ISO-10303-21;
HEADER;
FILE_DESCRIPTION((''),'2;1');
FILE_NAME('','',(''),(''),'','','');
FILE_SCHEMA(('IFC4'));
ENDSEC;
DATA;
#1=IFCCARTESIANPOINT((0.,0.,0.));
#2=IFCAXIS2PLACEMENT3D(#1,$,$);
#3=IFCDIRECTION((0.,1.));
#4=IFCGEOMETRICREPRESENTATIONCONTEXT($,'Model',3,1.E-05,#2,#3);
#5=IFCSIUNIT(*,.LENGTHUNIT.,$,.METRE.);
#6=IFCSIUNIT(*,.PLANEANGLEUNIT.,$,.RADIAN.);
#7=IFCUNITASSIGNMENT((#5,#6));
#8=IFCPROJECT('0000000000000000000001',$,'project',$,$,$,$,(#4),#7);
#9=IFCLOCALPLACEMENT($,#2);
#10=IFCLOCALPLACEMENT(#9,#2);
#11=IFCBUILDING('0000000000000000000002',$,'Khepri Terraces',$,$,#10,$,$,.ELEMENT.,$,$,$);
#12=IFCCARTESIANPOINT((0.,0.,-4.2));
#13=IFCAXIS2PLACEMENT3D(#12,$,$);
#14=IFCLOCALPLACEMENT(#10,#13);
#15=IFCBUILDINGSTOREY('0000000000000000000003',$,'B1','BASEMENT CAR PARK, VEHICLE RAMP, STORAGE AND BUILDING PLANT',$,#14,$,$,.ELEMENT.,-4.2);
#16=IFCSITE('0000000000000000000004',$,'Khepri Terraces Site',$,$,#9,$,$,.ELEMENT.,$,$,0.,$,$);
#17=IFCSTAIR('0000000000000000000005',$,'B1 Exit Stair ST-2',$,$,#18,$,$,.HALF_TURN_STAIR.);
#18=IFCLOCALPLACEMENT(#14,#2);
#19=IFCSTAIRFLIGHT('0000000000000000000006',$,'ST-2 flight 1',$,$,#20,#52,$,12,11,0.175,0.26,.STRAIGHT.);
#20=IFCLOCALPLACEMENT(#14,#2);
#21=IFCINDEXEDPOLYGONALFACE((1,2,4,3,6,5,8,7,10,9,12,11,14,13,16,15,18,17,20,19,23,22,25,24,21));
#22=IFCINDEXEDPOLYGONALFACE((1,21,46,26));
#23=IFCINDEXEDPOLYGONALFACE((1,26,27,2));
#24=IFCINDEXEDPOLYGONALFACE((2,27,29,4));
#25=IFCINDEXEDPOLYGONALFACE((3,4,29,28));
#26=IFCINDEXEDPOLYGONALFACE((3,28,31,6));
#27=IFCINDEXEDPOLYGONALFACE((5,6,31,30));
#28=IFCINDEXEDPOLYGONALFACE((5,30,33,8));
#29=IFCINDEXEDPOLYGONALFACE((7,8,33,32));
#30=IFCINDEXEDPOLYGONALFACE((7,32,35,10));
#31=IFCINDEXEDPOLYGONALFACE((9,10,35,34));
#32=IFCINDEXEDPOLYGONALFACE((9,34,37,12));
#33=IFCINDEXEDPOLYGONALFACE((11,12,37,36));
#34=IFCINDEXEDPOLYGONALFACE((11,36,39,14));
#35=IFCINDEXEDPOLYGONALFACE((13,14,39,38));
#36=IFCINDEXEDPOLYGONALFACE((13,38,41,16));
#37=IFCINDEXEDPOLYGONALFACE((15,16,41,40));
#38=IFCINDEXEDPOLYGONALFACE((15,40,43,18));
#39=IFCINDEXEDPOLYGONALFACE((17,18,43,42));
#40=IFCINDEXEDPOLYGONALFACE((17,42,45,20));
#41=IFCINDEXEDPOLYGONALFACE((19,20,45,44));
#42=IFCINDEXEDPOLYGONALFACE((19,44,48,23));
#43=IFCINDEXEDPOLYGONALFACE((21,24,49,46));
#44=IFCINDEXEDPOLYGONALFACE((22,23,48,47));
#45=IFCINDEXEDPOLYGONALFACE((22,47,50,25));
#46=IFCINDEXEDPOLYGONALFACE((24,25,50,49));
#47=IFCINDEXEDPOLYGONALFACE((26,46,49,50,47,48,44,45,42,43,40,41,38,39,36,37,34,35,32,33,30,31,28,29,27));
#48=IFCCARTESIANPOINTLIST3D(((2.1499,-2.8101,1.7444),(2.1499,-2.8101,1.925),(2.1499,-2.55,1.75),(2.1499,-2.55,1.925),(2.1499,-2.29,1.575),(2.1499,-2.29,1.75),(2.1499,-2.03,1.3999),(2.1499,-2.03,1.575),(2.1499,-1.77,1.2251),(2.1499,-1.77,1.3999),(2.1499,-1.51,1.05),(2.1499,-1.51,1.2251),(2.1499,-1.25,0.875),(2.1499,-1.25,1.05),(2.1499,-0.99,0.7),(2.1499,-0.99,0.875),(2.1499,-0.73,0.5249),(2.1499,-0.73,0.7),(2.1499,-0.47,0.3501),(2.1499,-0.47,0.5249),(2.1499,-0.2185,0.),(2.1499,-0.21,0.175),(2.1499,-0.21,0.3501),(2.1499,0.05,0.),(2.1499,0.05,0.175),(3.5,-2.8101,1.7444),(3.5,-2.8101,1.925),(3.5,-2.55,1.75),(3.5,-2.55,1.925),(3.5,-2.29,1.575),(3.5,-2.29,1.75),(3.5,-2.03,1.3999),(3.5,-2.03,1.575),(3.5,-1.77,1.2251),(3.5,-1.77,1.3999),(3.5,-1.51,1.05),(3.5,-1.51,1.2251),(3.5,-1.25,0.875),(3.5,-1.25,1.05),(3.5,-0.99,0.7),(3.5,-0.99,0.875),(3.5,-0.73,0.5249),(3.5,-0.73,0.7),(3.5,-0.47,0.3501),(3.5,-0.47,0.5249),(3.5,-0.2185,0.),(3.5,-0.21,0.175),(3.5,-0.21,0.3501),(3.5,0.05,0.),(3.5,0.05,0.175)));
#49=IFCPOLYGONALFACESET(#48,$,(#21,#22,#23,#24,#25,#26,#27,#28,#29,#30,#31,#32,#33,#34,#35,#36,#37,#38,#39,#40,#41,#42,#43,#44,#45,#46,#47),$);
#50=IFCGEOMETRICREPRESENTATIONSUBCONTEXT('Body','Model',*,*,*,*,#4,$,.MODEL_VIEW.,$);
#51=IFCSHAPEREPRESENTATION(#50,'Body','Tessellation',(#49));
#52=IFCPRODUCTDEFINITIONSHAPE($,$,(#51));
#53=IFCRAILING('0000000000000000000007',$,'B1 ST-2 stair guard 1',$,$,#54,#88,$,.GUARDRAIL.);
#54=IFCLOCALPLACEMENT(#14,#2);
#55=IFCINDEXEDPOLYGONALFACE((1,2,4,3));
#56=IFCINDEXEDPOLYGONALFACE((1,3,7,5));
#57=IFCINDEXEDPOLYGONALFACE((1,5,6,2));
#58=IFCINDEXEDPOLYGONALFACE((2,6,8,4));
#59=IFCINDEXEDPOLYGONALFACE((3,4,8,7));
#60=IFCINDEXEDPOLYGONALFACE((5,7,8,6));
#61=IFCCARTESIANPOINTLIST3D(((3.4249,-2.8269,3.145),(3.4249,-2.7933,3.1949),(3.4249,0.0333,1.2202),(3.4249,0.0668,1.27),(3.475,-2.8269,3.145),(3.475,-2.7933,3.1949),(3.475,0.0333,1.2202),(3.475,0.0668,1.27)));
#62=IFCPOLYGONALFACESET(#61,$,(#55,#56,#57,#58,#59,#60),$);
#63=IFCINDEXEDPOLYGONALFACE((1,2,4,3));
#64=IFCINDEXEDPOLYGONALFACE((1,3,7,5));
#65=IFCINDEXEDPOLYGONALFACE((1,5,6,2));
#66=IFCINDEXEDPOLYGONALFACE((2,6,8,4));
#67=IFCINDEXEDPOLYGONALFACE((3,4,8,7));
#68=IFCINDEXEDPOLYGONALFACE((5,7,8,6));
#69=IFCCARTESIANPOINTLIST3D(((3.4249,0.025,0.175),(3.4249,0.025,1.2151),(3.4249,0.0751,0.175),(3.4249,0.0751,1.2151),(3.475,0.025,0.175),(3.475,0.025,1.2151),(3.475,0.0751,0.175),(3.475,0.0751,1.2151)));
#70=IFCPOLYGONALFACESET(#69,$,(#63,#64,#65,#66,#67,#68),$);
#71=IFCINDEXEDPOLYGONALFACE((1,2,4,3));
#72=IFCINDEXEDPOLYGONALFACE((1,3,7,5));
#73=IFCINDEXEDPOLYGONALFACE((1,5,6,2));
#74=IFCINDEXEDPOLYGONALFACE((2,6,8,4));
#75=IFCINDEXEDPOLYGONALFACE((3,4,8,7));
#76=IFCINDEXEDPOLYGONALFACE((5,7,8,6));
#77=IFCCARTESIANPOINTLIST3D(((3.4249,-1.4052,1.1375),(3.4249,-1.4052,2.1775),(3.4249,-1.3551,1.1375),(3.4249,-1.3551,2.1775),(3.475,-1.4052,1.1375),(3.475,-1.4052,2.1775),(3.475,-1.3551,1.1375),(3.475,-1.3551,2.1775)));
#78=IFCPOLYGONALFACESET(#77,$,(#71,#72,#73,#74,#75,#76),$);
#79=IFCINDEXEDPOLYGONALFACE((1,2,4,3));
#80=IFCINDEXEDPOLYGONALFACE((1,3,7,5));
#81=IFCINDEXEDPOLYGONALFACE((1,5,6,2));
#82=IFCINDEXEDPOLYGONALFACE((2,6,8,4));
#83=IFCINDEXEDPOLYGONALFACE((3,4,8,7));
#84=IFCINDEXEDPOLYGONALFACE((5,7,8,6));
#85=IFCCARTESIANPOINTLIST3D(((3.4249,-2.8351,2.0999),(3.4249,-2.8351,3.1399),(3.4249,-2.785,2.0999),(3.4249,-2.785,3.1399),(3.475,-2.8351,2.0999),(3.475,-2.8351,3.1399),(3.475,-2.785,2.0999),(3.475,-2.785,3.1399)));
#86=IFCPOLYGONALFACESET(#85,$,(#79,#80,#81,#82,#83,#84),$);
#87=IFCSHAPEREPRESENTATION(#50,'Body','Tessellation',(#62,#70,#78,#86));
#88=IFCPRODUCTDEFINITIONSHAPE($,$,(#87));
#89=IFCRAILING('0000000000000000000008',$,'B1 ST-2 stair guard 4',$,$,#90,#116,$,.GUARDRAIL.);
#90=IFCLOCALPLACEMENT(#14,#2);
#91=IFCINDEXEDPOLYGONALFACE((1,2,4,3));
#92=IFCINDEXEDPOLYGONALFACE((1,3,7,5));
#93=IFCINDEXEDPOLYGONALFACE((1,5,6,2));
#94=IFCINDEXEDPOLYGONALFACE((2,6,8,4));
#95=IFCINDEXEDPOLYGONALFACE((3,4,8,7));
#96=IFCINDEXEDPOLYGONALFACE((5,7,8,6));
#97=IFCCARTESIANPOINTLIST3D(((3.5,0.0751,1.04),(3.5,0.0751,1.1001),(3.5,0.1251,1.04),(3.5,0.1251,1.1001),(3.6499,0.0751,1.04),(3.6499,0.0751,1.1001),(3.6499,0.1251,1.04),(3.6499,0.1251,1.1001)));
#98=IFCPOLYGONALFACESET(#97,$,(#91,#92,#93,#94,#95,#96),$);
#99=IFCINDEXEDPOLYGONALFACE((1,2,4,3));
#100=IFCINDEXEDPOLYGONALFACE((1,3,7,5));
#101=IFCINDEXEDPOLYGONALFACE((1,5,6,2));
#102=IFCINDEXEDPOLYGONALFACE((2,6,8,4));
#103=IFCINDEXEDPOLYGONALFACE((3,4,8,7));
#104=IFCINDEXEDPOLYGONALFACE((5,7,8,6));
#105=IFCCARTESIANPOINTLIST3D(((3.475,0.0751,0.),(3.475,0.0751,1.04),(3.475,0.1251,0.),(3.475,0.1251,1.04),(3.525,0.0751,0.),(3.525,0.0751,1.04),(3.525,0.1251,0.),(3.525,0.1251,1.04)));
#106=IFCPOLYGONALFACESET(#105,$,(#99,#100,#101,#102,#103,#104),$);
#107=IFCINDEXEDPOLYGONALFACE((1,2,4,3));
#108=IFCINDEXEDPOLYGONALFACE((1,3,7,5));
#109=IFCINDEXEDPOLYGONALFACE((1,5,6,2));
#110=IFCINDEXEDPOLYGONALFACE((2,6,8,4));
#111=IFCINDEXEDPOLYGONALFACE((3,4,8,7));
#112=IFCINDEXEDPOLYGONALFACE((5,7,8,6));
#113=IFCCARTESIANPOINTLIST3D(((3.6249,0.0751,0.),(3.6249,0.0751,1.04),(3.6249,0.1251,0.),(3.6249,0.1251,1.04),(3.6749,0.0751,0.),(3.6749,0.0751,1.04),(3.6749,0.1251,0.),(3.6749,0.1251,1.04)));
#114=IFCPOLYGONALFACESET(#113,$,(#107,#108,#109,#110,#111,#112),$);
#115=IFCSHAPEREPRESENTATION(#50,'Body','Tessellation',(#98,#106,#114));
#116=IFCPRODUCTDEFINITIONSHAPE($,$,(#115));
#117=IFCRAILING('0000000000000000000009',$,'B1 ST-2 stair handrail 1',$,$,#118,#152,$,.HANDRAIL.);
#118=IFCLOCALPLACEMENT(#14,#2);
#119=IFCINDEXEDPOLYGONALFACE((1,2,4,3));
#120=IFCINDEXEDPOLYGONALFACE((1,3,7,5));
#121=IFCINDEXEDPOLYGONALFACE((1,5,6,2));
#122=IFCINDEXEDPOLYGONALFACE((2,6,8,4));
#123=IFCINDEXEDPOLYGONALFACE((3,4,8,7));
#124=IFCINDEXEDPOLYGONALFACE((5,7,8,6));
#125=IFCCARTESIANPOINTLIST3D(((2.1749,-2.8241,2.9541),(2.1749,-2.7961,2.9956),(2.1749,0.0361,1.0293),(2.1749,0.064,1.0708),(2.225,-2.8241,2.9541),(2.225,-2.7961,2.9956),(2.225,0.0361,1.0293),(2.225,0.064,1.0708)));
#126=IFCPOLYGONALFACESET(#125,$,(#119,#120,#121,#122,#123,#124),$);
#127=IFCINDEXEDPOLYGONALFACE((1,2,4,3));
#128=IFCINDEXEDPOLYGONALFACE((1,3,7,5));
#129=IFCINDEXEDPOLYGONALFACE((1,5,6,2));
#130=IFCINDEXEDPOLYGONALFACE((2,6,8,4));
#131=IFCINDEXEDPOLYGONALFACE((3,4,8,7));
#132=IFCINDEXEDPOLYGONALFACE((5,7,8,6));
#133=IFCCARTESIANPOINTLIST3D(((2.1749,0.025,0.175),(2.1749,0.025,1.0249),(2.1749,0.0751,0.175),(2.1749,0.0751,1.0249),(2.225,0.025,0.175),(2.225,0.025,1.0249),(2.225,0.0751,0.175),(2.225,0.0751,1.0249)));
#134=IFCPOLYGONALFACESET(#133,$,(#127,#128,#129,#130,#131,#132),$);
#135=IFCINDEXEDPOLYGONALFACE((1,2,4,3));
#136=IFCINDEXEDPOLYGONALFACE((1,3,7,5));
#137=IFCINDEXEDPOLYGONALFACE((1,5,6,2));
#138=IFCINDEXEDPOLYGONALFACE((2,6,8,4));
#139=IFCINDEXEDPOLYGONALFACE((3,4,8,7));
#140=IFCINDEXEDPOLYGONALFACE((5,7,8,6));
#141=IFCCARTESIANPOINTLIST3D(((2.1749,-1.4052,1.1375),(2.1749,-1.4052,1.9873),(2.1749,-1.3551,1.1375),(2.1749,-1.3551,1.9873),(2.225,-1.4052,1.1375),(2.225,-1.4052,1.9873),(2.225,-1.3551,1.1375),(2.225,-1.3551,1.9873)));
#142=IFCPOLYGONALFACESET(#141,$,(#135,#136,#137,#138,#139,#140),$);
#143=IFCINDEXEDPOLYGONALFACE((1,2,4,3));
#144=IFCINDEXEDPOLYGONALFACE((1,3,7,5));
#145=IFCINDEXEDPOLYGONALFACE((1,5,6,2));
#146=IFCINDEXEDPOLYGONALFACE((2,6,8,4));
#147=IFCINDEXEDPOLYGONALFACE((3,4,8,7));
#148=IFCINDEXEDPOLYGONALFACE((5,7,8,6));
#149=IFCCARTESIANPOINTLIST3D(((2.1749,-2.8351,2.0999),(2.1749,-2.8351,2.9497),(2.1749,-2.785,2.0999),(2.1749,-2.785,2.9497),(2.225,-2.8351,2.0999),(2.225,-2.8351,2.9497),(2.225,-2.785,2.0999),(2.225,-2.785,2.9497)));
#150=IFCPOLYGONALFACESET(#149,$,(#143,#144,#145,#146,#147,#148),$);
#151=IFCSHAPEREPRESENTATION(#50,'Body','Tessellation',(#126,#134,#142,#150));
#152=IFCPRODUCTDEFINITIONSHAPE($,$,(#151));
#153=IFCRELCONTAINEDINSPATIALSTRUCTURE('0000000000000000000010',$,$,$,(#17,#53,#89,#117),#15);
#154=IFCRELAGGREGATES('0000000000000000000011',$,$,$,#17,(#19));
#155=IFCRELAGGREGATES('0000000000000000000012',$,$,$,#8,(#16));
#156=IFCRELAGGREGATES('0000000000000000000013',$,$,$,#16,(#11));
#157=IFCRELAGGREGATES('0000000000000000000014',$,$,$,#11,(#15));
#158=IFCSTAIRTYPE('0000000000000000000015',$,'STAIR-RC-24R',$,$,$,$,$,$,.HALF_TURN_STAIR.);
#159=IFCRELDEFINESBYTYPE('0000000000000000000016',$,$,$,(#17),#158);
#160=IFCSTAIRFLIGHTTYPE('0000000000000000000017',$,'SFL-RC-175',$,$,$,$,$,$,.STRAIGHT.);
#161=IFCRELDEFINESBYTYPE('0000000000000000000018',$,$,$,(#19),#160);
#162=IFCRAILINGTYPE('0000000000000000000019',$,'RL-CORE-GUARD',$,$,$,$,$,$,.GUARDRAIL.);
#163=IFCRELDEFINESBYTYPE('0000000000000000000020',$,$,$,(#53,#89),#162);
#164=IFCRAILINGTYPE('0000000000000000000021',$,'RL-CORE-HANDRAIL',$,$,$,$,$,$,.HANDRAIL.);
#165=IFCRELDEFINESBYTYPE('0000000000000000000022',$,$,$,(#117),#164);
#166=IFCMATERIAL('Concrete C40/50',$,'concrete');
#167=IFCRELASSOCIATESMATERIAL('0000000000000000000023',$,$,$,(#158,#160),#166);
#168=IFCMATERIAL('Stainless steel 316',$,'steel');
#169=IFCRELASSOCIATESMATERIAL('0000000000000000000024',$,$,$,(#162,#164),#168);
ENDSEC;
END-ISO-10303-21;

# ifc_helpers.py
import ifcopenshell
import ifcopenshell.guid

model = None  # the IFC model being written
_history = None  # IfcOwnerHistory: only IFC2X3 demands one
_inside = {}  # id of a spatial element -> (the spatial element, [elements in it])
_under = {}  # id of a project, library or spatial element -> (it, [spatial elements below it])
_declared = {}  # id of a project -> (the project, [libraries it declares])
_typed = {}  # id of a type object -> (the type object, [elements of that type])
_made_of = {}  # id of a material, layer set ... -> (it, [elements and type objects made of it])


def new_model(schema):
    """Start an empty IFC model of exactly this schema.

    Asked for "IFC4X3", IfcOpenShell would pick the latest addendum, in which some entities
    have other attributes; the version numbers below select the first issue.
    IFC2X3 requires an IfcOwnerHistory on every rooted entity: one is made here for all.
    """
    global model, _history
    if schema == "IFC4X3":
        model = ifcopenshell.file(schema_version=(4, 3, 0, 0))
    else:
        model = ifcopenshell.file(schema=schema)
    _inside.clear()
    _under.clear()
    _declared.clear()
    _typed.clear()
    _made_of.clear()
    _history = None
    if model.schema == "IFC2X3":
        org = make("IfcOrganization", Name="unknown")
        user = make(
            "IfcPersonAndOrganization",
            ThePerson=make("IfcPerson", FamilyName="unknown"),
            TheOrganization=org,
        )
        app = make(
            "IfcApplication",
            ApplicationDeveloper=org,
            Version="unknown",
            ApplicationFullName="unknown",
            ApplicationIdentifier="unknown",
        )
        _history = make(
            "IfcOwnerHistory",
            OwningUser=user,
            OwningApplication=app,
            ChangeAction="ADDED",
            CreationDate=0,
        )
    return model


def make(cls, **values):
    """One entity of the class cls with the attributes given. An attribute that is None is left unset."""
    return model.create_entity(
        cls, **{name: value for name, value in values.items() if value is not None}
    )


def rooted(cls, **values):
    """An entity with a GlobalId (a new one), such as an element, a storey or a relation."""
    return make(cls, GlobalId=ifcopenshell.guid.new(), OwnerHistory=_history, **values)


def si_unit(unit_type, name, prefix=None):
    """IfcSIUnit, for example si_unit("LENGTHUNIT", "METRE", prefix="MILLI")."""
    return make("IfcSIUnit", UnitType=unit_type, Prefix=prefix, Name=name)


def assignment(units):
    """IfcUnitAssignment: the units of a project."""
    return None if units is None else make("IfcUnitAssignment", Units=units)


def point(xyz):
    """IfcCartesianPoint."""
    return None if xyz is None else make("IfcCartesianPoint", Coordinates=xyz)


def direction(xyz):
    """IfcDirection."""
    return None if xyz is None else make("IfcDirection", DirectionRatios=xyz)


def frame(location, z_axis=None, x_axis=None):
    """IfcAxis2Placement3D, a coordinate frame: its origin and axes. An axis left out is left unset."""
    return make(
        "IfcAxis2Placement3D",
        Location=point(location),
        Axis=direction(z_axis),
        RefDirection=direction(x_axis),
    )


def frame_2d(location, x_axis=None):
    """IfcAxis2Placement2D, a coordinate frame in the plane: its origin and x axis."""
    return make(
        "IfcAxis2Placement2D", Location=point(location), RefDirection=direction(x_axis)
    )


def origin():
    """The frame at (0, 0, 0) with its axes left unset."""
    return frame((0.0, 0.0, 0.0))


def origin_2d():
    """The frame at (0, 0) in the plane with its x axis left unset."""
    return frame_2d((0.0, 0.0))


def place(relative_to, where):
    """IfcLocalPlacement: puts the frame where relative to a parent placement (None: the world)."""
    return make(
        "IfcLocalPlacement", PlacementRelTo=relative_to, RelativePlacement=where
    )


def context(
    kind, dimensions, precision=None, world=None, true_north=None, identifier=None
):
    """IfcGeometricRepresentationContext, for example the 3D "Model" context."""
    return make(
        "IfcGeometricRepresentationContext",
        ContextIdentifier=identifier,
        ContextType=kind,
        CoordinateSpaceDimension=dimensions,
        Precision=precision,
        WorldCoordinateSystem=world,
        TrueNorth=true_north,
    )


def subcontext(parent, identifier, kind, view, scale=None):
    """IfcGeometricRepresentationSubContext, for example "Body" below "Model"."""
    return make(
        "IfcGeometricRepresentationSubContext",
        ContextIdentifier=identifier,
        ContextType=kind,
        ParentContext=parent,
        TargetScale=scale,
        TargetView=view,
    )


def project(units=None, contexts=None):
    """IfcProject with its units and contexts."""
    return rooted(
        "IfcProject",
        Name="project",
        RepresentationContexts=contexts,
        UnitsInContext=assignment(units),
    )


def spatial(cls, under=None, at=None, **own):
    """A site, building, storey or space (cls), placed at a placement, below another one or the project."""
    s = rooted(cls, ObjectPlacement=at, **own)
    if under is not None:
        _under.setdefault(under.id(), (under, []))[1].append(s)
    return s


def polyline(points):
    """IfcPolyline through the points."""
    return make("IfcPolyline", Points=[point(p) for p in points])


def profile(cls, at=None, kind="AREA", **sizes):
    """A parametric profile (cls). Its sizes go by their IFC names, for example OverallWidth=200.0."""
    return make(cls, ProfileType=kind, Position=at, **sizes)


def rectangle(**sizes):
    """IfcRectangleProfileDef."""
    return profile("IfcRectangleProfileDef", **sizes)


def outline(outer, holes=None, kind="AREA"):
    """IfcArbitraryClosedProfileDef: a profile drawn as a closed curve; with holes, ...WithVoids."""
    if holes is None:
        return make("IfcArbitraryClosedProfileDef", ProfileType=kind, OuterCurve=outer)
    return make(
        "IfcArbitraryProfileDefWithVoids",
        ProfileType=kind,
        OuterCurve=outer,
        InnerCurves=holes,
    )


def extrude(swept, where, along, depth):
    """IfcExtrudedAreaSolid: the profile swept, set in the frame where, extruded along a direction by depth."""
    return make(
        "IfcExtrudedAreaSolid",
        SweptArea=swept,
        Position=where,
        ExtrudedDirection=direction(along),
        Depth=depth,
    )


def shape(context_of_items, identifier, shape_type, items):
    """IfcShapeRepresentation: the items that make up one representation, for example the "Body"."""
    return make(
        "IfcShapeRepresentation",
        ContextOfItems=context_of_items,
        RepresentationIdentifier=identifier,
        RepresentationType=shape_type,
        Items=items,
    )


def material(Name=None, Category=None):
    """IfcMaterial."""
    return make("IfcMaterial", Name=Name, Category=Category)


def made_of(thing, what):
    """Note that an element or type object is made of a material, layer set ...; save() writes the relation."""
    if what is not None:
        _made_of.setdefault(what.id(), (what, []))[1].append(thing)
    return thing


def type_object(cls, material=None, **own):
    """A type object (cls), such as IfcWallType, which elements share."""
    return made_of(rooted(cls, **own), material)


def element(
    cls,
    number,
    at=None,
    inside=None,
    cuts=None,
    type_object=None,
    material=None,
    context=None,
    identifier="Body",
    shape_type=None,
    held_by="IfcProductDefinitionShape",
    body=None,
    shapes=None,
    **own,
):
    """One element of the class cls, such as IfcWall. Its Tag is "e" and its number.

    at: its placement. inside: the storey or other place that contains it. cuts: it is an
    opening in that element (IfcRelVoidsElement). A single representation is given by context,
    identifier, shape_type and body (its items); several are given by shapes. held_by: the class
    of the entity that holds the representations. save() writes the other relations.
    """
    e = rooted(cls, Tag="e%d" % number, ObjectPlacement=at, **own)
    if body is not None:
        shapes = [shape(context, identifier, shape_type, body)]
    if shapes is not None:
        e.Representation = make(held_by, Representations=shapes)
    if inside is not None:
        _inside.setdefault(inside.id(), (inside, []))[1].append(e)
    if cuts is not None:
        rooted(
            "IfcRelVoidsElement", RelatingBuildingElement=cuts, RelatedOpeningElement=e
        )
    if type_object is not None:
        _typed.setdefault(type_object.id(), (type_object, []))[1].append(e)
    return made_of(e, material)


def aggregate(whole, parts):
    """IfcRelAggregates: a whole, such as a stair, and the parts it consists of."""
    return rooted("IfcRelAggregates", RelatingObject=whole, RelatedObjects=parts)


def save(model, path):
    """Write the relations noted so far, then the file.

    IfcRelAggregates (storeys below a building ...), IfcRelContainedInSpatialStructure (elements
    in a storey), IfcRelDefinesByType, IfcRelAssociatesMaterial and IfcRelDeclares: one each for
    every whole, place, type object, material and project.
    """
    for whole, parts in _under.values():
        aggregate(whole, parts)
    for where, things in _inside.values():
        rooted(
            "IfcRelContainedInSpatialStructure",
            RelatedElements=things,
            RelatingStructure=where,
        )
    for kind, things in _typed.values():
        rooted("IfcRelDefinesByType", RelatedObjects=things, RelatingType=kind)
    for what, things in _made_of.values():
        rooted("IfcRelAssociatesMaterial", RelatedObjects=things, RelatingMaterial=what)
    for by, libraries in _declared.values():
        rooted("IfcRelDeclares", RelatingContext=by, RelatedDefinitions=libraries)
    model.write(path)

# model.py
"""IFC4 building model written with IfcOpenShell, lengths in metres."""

from ifc_helpers import new_model, si_unit, direction, frame, origin, origin_2d, place, context, subcontext, project, spatial, polyline, rectangle, outline, extrude, material, type_object, element, aggregate, save


model = new_model("IFC4")

# Units and contexts
model_context = context("Model", 3, precision=1e-05, world=origin(), true_north=direction((0.0, 1.0)))
body_context = subcontext(model_context, "Body", "Model", "MODEL_VIEW")
ifc_project = project(units=[si_unit("LENGTHUNIT", "METRE"), si_unit("PLANEANGLEUNIT", "RADIAN")], contexts=[model_context])

# Site, building, storey
site_placement = place(None, origin())
site = spatial("IfcSite", under=ifc_project, at=site_placement, Name="Khepri Terraces Site", CompositionType="ELEMENT", RefElevation=0.0)
building_placement = place(site_placement, origin())
building = spatial("IfcBuilding", under=site, at=building_placement, Name="Khepri Terraces", CompositionType="ELEMENT")
storey_placement = place(building_placement, frame((0.0, 0.0, -4.2)))
storey = spatial("IfcBuildingStorey", under=building, at=storey_placement, Name="B1", Description="BASEMENT CAR PARK, VEHICLE RAMP, STORAGE AND BUILDING PLANT", CompositionType="ELEMENT", Elevation=-4.2)

# Stair, stair flight
ifc_material_1 = material(Name="Concrete C40/50", Category="concrete")
stair_type = type_object("IfcStairType", Name="STAIR-RC-24R", PredefinedType="HALF_TURN_STAIR", material=ifc_material_1)
stair_placement = place(storey_placement, origin())
stair = element("IfcStair", 1, at=stair_placement, inside=storey, type_object=stair_type, Name="B1 Exit Stair ST-2", PredefinedType="HALF_TURN_STAIR")
stair_flight_type = type_object("IfcStairFlightType", Name="SFL-RC-175", PredefinedType="STRAIGHT", material=ifc_material_1)
stair_flight_placement = place(storey_placement, frame((2.825, 0.05, 0.0), z_axis=(0.0, 0.0, 1.0), x_axis=(0.0, -1.0, 0.0)))
stair_flight = element("IfcStairFlight", 2, at=stair_flight_placement, type_object=stair_flight_type, Name="ST-2 flight 1", NumberOfRisers=12, NumberOfTreads=11, PredefinedType="STRAIGHT", RiserHeight=0.175, TreadLength=0.26, context=body_context, shape_type="SweptSolid", body=[
    extrude(outline(polyline([(0.0, 0.0), (0.0, 0.175), (0.26, 0.175), (0.26, 0.3501), (0.52, 0.3501), (0.52, 0.5249), (0.78, 0.5249), (0.78, 0.7), (1.04, 0.7), (1.04, 0.875), (1.3, 0.875), (1.3, 1.05), (1.5601, 1.05), (1.5601, 1.2251), (1.8201, 1.2251), (1.8201, 1.3999), (2.0801, 1.3999), (2.0801, 1.575), (2.3401, 1.575), (2.3401, 1.75), (2.6001, 1.75), (2.6001, 1.925), (2.8601, 1.925), (2.8601, 2.1001), (2.8601, 1.7444), (0.2686, 0.0), (0.0, 0.0)])), frame((0.0, 0.675, 0.0), z_axis=(0.0, -1.0, 0.0), x_axis=(1.0, 0.0, 0.0)), (0.0, 0.0, 1.0), 1.3501),
])
aggregate(stair, [stair_flight])

# Railings
ifc_material_2 = material(Name="Stainless steel 316", Category="steel")
railing_type_1 = type_object("IfcRailingType", Name="RL-CORE-GUARD", PredefinedType="GUARDRAIL", material=ifc_material_2)
railing_1_placement = place(storey_placement, frame((3.45, 0.05, 0.175)))
element("IfcRailing", 3, at=railing_1_placement, inside=storey, type_object=railing_type_1, Name="B1 ST-2 stair guard 1", PredefinedType="GUARDRAIL", context=body_context, shape_type="SweptSolid", body=[
    extrude(rectangle(XDim=0.05, YDim=0.0601, at=origin_2d()), frame((0.0, 0.0, 1.0701), z_axis=(0.0, -0.829624, 0.558323), x_axis=(1.0, 0.0, 0.0)), (0.0, 0.0, 1.0), 3.4475),
    extrude(rectangle(XDim=0.05, YDim=0.05, at=origin_2d()), origin(), (0.0, 0.0, 1.0), 1.04),
    extrude(rectangle(XDim=0.05, YDim=0.05, at=origin_2d()), frame((0.0, -1.4302, 0.9624)), (0.0, 0.0, 1.0), 1.04),
    extrude(rectangle(XDim=0.05, YDim=0.05, at=origin_2d()), frame((0.0, -2.8601, 1.9248)), (0.0, 0.0, 1.0), 1.04),
])
railing_2_placement = place(storey_placement, frame((3.5, 0.1001, 0.0)))
element("IfcRailing", 4, at=railing_2_placement, inside=storey, type_object=railing_type_1, Name="B1 ST-2 stair guard 4", PredefinedType="GUARDRAIL", context=body_context, shape_type="SweptSolid", body=[
    extrude(rectangle(XDim=0.05, YDim=0.0601, at=origin_2d()), frame((0.0, 0.0, 1.0701), z_axis=(1.0, 0.0, 0.0), x_axis=(0.0, 1.0, 0.0)), (0.0, 0.0, 1.0), 0.1499),
    extrude(rectangle(XDim=0.05, YDim=0.05, at=origin_2d()), origin(), (0.0, 0.0, 1.0), 1.04),
    extrude(rectangle(XDim=0.05, YDim=0.05, at=origin_2d()), frame((0.1499, 0.0, 0.0)), (0.0, 0.0, 1.0), 1.04),
])
railing_type_2 = type_object("IfcRailingType", Name="RL-CORE-HANDRAIL", PredefinedType="HANDRAIL", material=ifc_material_2)
railing_3_placement = place(storey_placement, frame((2.2, 0.05, 0.175)))
element("IfcRailing", 5, at=railing_3_placement, inside=storey, type_object=railing_type_2, Name="B1 ST-2 stair handrail 1", PredefinedType="HANDRAIL", context=body_context, shape_type="SweptSolid", body=[
    extrude(rectangle(XDim=0.05, YDim=0.05, at=origin_2d()), frame((0.0, 0.0, 0.875), z_axis=(0.0, -0.829624, 0.558323), x_axis=(1.0, 0.0, 0.0)), (0.0, 0.0, 1.0), 3.4475),
    extrude(rectangle(XDim=0.05, YDim=0.05, at=origin_2d()), origin(), (0.0, 0.0, 1.0), 0.8499),
    extrude(rectangle(XDim=0.05, YDim=0.05, at=origin_2d()), frame((0.0, -1.4302, 0.9624)), (0.0, 0.0, 1.0), 0.8499),
    extrude(rectangle(XDim=0.05, YDim=0.05, at=origin_2d()), frame((0.0, -2.8601, 1.9248)), (0.0, 0.0, 1.0), 0.8499),
])

save(model, "model.ifc")
